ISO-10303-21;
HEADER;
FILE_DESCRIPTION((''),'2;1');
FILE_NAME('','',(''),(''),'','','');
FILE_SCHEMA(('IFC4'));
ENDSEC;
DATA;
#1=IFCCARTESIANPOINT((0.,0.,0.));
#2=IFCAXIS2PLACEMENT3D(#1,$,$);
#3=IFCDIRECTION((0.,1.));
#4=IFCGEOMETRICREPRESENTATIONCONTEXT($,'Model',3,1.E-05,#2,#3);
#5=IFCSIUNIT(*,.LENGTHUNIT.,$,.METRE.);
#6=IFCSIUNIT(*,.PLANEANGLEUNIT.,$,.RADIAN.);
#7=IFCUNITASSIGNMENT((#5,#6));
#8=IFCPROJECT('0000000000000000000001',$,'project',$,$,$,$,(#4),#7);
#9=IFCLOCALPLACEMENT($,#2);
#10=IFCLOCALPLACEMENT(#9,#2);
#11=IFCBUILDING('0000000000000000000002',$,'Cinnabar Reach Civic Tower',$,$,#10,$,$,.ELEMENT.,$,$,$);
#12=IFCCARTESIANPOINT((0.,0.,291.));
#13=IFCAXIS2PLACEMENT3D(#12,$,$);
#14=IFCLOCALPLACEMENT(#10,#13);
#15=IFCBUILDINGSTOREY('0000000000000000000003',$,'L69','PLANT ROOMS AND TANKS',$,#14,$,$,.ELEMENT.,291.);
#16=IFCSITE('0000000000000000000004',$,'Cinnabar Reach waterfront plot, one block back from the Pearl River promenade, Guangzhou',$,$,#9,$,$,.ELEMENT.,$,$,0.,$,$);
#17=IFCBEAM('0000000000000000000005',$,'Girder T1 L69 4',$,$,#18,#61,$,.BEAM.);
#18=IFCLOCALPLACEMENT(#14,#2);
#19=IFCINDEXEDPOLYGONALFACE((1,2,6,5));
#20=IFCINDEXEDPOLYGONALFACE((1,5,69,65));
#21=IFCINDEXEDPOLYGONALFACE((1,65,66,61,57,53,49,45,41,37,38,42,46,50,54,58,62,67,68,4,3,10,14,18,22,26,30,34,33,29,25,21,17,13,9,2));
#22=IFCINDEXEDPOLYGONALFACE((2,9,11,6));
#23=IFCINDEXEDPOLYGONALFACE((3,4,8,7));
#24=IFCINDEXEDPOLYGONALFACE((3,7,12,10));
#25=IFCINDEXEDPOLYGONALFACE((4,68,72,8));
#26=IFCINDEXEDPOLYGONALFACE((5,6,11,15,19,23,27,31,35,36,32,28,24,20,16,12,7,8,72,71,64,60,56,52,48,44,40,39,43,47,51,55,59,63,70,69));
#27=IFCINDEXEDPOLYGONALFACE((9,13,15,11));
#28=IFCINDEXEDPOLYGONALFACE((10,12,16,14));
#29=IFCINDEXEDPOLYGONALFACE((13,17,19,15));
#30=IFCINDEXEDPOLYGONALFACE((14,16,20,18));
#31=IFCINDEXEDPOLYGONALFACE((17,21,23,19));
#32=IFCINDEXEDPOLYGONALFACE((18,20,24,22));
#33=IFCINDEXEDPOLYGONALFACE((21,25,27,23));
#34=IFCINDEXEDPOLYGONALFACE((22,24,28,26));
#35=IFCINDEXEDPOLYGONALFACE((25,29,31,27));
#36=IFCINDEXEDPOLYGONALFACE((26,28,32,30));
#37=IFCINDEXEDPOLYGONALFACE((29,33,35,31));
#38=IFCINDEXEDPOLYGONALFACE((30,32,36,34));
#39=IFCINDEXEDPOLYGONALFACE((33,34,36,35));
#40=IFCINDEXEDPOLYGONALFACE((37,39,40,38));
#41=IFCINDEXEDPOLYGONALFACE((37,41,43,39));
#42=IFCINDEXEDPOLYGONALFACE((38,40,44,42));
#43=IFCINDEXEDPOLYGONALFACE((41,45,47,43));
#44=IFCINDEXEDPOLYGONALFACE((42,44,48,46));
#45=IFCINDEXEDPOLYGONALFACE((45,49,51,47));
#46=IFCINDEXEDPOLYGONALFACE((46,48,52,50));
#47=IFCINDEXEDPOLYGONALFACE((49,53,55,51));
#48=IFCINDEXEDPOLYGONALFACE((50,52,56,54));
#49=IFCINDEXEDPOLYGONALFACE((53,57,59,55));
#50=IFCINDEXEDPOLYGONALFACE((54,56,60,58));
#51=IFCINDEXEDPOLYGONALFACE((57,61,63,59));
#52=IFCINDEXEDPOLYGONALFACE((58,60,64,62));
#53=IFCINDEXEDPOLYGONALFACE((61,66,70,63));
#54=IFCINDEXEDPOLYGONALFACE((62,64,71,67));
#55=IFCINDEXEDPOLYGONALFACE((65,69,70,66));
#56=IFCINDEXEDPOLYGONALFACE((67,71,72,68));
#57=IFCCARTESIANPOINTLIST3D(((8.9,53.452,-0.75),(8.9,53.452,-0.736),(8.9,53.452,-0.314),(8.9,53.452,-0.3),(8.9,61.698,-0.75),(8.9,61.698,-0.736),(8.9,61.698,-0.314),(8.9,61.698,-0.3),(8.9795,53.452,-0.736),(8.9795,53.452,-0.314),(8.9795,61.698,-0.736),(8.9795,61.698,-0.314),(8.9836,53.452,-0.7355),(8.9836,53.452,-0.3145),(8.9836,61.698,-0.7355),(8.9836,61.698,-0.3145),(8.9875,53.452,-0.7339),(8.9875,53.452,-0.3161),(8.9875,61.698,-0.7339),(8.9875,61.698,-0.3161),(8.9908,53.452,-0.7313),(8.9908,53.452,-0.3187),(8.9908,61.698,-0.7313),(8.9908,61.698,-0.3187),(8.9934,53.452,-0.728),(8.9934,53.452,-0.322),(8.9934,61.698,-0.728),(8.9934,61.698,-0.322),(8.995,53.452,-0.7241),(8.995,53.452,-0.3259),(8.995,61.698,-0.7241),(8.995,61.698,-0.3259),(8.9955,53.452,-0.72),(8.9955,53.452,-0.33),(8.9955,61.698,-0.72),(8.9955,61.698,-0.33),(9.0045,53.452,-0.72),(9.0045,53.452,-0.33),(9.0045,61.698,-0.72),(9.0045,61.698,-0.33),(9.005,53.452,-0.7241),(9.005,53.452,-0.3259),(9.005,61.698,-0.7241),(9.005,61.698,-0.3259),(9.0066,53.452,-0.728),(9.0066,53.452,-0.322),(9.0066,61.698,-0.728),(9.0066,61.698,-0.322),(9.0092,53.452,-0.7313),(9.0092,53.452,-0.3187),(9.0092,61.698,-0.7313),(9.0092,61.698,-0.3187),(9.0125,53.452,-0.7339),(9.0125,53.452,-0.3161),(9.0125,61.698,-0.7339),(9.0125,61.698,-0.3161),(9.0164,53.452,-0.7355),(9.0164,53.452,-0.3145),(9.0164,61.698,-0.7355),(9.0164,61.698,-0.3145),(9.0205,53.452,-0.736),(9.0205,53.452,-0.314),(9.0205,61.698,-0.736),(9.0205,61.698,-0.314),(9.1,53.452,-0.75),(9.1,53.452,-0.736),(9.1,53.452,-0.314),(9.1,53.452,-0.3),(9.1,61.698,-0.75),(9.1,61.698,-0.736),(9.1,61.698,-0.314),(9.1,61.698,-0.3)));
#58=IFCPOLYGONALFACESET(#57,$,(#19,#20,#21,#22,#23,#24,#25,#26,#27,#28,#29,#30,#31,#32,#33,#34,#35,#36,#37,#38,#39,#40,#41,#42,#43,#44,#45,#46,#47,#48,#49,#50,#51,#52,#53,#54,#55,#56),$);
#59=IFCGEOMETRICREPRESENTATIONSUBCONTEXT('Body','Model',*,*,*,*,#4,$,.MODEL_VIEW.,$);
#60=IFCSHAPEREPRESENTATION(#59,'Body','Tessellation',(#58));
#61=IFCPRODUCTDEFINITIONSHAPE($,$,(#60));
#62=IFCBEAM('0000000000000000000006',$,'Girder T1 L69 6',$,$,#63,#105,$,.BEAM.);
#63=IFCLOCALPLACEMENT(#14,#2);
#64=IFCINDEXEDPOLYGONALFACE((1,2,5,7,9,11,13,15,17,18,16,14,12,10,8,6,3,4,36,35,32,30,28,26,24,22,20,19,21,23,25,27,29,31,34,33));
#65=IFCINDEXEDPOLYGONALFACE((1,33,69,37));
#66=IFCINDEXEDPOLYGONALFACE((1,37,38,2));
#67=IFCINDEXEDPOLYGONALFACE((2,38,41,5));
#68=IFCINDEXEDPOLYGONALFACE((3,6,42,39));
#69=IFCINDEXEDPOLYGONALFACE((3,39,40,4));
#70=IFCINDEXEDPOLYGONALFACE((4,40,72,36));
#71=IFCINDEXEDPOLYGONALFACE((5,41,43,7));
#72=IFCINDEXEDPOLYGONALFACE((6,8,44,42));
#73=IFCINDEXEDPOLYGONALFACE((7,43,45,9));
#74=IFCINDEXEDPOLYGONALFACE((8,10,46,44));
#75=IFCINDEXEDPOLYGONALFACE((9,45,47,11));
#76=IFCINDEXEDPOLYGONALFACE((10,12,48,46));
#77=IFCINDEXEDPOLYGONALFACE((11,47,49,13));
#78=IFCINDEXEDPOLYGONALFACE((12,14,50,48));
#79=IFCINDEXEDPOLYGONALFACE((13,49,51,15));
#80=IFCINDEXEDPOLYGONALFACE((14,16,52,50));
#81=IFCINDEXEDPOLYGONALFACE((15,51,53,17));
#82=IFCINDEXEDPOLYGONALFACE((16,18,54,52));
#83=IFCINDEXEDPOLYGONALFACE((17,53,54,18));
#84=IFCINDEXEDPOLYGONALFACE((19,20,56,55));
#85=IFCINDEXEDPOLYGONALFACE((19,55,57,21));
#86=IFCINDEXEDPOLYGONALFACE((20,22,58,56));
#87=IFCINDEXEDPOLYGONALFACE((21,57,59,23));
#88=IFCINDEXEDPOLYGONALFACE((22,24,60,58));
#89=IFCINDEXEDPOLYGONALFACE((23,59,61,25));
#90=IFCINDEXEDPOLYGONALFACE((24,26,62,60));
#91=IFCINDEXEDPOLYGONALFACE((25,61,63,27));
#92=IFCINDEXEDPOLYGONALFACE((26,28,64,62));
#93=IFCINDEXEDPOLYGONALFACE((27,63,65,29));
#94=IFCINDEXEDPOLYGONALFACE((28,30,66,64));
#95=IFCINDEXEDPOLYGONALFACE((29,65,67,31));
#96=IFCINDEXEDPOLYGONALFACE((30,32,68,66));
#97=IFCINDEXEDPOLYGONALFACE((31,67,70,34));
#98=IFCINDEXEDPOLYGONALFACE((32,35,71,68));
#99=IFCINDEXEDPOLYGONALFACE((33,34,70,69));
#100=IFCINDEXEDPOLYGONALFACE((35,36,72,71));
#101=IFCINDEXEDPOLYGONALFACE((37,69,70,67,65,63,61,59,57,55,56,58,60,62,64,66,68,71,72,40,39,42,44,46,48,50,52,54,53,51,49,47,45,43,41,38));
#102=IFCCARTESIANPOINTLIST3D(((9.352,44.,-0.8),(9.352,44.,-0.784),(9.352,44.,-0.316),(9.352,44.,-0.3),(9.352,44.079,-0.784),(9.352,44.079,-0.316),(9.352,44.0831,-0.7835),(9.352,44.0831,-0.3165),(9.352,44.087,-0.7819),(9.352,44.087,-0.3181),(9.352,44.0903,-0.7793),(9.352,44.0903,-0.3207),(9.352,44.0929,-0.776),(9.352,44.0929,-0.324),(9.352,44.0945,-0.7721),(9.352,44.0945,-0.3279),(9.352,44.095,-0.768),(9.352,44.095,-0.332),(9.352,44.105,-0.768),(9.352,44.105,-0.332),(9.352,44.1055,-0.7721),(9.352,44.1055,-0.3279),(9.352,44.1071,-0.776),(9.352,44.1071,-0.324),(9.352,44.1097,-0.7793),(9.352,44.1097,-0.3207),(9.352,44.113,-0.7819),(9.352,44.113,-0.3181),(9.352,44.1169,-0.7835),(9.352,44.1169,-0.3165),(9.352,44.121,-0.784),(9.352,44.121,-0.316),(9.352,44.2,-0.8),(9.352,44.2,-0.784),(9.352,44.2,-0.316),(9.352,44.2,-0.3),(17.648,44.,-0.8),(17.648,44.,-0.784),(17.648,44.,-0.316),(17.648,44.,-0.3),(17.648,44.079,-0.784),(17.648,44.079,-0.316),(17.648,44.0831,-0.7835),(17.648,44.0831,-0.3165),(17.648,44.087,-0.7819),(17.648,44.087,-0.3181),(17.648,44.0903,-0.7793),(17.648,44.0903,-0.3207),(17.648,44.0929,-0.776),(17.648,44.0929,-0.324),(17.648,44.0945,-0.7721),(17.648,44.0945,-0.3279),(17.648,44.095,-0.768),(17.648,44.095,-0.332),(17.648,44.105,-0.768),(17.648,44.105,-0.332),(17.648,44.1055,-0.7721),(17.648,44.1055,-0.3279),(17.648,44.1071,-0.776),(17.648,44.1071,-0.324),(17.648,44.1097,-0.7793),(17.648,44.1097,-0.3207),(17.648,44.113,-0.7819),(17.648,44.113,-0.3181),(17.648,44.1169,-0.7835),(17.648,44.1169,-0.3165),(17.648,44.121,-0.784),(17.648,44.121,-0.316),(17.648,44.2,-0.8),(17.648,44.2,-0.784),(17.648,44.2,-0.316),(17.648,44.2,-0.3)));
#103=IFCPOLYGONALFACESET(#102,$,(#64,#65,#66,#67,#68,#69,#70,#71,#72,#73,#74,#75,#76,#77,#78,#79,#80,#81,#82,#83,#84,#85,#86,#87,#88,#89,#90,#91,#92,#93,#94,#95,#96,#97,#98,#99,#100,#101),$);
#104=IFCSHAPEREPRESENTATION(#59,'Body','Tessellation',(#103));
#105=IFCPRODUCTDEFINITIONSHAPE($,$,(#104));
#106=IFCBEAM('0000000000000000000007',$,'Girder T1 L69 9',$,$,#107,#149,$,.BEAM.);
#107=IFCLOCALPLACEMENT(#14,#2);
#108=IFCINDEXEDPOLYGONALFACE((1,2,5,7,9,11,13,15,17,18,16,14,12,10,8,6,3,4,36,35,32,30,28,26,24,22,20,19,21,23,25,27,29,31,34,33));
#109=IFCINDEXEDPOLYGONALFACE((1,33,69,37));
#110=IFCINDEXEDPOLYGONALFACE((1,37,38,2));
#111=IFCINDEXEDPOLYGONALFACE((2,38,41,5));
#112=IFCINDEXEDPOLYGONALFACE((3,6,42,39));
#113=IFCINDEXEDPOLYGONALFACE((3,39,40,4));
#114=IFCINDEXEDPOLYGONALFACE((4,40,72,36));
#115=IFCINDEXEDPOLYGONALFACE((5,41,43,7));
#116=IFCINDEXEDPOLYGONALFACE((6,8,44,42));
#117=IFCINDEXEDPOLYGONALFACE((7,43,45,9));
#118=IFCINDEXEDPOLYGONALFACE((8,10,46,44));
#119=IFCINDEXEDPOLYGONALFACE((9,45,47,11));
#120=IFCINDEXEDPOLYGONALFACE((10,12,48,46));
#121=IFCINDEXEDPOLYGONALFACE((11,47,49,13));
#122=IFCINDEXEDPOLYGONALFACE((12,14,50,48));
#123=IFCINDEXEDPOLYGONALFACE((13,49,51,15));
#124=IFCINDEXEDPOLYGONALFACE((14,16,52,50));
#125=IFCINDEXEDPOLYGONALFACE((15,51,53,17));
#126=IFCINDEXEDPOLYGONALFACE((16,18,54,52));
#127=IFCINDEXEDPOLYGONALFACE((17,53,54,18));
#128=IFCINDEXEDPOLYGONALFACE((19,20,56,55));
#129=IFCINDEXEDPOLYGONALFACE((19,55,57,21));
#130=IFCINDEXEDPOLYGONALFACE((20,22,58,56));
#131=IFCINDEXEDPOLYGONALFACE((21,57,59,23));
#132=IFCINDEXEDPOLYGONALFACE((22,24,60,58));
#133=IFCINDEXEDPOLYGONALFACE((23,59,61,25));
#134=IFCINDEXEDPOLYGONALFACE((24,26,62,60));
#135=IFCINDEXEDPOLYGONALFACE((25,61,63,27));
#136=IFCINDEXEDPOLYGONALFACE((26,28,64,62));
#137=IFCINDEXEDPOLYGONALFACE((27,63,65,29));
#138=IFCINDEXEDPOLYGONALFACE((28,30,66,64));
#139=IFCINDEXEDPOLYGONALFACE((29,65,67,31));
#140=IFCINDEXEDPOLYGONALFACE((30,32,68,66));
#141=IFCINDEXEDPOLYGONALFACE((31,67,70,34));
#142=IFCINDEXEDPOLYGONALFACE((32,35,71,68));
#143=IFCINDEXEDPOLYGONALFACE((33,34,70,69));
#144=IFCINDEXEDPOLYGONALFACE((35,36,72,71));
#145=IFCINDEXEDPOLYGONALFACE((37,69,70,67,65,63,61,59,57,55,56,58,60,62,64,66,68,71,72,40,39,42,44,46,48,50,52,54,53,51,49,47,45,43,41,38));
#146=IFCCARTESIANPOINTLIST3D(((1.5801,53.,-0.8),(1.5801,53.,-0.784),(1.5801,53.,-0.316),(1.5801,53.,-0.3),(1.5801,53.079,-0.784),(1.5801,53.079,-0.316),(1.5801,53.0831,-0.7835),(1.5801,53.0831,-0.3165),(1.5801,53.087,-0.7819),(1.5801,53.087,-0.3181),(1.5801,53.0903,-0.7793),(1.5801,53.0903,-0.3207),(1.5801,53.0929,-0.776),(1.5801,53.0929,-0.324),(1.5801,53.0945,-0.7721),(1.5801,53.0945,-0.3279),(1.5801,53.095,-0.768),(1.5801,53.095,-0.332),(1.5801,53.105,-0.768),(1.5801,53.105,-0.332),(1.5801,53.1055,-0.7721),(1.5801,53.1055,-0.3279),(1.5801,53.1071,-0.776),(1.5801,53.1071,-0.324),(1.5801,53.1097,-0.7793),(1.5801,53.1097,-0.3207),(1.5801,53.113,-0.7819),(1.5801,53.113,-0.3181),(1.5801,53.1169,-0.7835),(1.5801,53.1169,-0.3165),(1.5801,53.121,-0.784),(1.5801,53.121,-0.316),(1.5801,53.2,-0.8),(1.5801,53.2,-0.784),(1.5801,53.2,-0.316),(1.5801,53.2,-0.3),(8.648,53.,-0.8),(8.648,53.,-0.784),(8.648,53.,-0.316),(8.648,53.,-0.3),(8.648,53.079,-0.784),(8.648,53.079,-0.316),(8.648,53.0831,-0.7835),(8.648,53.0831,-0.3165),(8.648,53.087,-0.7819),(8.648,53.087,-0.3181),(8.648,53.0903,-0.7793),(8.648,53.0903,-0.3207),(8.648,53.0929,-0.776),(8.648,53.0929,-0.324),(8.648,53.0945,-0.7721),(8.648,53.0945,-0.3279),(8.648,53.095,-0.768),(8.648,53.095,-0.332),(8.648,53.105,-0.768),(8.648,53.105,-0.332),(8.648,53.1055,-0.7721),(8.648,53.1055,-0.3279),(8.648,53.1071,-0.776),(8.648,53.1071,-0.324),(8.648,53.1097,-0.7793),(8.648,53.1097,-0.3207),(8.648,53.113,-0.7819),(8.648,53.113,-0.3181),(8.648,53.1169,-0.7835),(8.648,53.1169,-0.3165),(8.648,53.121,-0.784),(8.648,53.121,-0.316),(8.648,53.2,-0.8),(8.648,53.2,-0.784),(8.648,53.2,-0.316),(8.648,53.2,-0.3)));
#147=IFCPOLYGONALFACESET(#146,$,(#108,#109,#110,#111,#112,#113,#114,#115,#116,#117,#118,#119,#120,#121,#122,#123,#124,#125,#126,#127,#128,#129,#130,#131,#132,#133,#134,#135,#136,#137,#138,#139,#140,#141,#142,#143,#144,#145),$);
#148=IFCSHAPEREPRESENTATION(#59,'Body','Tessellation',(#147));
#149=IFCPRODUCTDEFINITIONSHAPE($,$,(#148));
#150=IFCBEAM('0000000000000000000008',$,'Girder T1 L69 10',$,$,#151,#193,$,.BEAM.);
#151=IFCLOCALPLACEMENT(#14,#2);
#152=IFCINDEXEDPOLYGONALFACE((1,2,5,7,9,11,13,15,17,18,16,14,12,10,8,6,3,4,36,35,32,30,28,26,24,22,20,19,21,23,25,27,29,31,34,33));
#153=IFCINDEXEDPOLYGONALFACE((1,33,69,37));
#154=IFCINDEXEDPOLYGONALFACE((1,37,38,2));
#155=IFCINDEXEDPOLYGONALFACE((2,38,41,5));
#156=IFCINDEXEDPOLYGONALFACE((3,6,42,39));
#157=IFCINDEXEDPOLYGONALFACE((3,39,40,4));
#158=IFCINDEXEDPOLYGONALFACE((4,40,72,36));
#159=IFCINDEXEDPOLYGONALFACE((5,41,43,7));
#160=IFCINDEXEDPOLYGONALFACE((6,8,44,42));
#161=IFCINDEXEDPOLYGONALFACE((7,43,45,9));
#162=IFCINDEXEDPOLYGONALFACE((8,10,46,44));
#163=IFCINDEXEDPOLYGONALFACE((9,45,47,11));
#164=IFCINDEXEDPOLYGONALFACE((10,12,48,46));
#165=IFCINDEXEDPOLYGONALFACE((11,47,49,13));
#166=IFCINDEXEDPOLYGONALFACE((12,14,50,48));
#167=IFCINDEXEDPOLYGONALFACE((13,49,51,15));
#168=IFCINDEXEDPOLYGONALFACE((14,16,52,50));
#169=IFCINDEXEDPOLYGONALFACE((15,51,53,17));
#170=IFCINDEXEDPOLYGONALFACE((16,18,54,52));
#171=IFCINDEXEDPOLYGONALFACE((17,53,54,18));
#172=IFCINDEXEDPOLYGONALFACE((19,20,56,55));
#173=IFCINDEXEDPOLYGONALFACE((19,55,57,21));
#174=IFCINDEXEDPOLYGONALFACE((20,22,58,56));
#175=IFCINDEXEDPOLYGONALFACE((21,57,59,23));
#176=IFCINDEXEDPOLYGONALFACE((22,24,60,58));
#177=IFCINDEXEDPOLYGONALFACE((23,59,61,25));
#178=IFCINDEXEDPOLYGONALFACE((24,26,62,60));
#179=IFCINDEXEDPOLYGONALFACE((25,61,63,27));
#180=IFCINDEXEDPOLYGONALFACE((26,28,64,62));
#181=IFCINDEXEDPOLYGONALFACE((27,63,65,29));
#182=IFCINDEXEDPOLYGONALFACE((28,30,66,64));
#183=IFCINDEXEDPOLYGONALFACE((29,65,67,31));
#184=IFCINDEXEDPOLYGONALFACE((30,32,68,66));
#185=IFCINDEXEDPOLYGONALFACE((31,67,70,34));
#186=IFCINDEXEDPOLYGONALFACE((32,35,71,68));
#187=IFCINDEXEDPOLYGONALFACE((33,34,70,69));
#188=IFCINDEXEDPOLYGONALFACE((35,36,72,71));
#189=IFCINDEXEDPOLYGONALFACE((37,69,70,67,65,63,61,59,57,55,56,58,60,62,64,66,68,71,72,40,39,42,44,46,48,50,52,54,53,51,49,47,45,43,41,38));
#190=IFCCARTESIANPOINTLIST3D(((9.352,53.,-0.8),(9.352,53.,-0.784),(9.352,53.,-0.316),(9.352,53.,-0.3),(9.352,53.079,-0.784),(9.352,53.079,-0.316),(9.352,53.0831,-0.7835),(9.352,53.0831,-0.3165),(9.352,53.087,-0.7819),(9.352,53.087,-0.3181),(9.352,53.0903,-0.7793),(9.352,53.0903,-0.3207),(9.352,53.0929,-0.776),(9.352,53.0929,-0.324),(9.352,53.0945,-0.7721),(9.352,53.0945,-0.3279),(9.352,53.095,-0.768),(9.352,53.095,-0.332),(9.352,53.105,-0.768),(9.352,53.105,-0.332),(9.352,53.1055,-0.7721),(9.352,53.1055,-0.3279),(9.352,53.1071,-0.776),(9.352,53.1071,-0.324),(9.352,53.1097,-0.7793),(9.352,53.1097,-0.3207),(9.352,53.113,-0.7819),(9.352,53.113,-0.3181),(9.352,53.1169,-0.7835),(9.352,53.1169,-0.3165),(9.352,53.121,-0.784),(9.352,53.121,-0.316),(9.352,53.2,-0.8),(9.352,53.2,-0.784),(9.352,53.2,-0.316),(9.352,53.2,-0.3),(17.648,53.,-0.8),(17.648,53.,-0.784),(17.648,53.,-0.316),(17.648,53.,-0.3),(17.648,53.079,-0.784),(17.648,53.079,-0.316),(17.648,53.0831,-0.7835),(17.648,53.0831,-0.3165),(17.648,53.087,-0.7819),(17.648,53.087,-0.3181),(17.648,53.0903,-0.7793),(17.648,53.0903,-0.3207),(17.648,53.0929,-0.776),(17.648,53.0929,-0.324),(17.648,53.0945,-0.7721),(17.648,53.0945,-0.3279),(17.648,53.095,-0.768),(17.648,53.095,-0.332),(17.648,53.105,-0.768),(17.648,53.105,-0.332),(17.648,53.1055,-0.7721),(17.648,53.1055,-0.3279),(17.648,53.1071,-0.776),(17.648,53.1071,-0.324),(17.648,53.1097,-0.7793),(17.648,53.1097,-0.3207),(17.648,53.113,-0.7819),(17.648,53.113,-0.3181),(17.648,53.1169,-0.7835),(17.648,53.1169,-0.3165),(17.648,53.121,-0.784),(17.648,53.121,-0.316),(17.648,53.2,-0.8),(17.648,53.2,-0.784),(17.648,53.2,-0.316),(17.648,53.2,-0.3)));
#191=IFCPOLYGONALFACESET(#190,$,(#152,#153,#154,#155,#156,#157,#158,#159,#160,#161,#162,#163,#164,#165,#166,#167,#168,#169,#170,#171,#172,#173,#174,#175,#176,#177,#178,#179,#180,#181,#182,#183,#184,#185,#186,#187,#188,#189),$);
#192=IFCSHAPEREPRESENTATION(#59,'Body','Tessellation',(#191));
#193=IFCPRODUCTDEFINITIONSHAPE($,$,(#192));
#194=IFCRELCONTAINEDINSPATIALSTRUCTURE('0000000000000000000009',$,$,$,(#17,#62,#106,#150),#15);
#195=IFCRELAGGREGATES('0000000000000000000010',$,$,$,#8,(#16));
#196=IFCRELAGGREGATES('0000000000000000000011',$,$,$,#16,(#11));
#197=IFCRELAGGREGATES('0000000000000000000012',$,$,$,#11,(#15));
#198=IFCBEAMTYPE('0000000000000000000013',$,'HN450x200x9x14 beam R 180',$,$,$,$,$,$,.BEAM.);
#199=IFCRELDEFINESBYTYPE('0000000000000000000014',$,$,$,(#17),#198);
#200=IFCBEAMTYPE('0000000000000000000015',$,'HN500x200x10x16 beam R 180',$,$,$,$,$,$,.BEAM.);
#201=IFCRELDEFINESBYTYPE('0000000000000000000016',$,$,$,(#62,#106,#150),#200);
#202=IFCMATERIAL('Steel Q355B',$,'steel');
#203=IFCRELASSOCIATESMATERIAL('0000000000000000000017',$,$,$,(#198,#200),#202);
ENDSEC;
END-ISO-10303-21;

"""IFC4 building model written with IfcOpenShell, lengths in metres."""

from ifc_helpers import new_model, si_unit, direction, frame, origin, origin_2d, place, context, subcontext, project, spatial, i_section, extrude, material, material_profile, profile_set, type_object, element, save


model = new_model("IFC4")

# Units and contexts
model_context = context("Model", 3, precision=1e-05, world=origin(), true_north=direction((0.0, 1.0)))
body_context = subcontext(model_context, "Body", "Model", "MODEL_VIEW")
ifc_project = project(units=[si_unit("LENGTHUNIT", "METRE"), si_unit("PLANEANGLEUNIT", "RADIAN")], contexts=[model_context])

# Site, building, storey
site_placement = place(None, origin())
site = spatial("IfcSite", under=ifc_project, at=site_placement, Name="Cinnabar Reach waterfront plot, one block back from the Pearl River promenade, Guangzhou", CompositionType="ELEMENT", RefElevation=0.0)
building_placement = place(site_placement, origin())
building = spatial("IfcBuilding", under=site, at=building_placement, Name="Cinnabar Reach Civic Tower", CompositionType="ELEMENT")
storey_placement = place(building_placement, frame((0.0, 0.0, 291.0)))
storey = spatial("IfcBuildingStorey", under=building, at=storey_placement, Name="L69", Description="PLANT ROOMS AND TANKS", CompositionType="ELEMENT", Elevation=291.0)

# Beams
ifc_material_1 = material(Name="Steel Q355B", Category="steel")
ifc_material_profile_1 = material_profile(ifc_material_1, i_section(OverallWidth=0.2, OverallDepth=0.45, WebThickness=0.009, FlangeThickness=0.014, FilletRadius=0.016, at=origin_2d()), Name="HN450x200x9x14")
ifc_profile_set_1 = profile_set([ifc_material_profile_1], Name="Steel Q355B")
beam_type_1 = type_object("IfcBeamType", Name="HN450x200x9x14 beam R 180", PredefinedType="BEAM", material=ifc_profile_set_1)
beam_1_placement = place(storey_placement, frame((9.0, 53.452, -0.525), z_axis=(0.0, 1.0, 0.0), x_axis=(-1.0, 0.0, 0.0)))
element("IfcBeam", 1, at=beam_1_placement, inside=storey, type_object=beam_type_1, Name="Girder T1 L69 4", PredefinedType="BEAM", context=body_context, shape_type="SweptSolid", body=[
    extrude(i_section(OverallWidth=0.2, OverallDepth=0.45, WebThickness=0.009, FlangeThickness=0.014, FilletRadius=0.016, at=origin_2d()), origin(), (0.0, 0.0, 1.0), 8.246),
])
ifc_material_profile_2 = material_profile(ifc_material_1, i_section(OverallWidth=0.2, OverallDepth=0.5, WebThickness=0.01, FlangeThickness=0.016, FilletRadius=0.016, at=origin_2d()), Name="HN500x200x10x16")
ifc_profile_set_2 = profile_set([ifc_material_profile_2], Name="Steel Q355B")
beam_type_2 = type_object("IfcBeamType", Name="HN500x200x10x16 beam R 180", PredefinedType="BEAM", material=ifc_profile_set_2)
beam_2_placement = place(storey_placement, frame((9.352, 44.1, -0.55), z_axis=(1.0, 0.0, 0.0), x_axis=(0.0, 1.0, 0.0)))
element("IfcBeam", 2, at=beam_2_placement, inside=storey, type_object=beam_type_2, Name="Girder T1 L69 6", PredefinedType="BEAM", context=body_context, shape_type="SweptSolid", body=[
    extrude(i_section(OverallWidth=0.2, OverallDepth=0.5, WebThickness=0.01, FlangeThickness=0.016, FilletRadius=0.016, at=origin_2d()), origin(), (0.0, 0.0, 1.0), 8.296),
])
beam_3_placement = place(storey_placement, frame((1.5801, 53.1, -0.55), z_axis=(1.0, 0.0, 0.0), x_axis=(0.0, 1.0, 0.0)))
element("IfcBeam", 3, at=beam_3_placement, inside=storey, type_object=beam_type_2, Name="Girder T1 L69 9", PredefinedType="BEAM", context=body_context, shape_type="SweptSolid", body=[
    extrude(i_section(OverallWidth=0.2, OverallDepth=0.5, WebThickness=0.01, FlangeThickness=0.016, FilletRadius=0.016, at=origin_2d()), origin(), (0.0, 0.0, 1.0), 7.0679),
])
beam_4_placement = place(storey_placement, frame((9.352, 53.1, -0.55), z_axis=(1.0, 0.0, 0.0), x_axis=(0.0, 1.0, 0.0)))
element("IfcBeam", 4, at=beam_4_placement, inside=storey, type_object=beam_type_2, Name="Girder T1 L69 10", PredefinedType="BEAM", context=body_context, shape_type="SweptSolid", body=[
    extrude(i_section(OverallWidth=0.2, OverallDepth=0.5, WebThickness=0.01, FlangeThickness=0.016, FilletRadius=0.016, at=origin_2d()), origin(), (0.0, 0.0, 1.0), 8.296),
])

save(model, "model.ifc")
